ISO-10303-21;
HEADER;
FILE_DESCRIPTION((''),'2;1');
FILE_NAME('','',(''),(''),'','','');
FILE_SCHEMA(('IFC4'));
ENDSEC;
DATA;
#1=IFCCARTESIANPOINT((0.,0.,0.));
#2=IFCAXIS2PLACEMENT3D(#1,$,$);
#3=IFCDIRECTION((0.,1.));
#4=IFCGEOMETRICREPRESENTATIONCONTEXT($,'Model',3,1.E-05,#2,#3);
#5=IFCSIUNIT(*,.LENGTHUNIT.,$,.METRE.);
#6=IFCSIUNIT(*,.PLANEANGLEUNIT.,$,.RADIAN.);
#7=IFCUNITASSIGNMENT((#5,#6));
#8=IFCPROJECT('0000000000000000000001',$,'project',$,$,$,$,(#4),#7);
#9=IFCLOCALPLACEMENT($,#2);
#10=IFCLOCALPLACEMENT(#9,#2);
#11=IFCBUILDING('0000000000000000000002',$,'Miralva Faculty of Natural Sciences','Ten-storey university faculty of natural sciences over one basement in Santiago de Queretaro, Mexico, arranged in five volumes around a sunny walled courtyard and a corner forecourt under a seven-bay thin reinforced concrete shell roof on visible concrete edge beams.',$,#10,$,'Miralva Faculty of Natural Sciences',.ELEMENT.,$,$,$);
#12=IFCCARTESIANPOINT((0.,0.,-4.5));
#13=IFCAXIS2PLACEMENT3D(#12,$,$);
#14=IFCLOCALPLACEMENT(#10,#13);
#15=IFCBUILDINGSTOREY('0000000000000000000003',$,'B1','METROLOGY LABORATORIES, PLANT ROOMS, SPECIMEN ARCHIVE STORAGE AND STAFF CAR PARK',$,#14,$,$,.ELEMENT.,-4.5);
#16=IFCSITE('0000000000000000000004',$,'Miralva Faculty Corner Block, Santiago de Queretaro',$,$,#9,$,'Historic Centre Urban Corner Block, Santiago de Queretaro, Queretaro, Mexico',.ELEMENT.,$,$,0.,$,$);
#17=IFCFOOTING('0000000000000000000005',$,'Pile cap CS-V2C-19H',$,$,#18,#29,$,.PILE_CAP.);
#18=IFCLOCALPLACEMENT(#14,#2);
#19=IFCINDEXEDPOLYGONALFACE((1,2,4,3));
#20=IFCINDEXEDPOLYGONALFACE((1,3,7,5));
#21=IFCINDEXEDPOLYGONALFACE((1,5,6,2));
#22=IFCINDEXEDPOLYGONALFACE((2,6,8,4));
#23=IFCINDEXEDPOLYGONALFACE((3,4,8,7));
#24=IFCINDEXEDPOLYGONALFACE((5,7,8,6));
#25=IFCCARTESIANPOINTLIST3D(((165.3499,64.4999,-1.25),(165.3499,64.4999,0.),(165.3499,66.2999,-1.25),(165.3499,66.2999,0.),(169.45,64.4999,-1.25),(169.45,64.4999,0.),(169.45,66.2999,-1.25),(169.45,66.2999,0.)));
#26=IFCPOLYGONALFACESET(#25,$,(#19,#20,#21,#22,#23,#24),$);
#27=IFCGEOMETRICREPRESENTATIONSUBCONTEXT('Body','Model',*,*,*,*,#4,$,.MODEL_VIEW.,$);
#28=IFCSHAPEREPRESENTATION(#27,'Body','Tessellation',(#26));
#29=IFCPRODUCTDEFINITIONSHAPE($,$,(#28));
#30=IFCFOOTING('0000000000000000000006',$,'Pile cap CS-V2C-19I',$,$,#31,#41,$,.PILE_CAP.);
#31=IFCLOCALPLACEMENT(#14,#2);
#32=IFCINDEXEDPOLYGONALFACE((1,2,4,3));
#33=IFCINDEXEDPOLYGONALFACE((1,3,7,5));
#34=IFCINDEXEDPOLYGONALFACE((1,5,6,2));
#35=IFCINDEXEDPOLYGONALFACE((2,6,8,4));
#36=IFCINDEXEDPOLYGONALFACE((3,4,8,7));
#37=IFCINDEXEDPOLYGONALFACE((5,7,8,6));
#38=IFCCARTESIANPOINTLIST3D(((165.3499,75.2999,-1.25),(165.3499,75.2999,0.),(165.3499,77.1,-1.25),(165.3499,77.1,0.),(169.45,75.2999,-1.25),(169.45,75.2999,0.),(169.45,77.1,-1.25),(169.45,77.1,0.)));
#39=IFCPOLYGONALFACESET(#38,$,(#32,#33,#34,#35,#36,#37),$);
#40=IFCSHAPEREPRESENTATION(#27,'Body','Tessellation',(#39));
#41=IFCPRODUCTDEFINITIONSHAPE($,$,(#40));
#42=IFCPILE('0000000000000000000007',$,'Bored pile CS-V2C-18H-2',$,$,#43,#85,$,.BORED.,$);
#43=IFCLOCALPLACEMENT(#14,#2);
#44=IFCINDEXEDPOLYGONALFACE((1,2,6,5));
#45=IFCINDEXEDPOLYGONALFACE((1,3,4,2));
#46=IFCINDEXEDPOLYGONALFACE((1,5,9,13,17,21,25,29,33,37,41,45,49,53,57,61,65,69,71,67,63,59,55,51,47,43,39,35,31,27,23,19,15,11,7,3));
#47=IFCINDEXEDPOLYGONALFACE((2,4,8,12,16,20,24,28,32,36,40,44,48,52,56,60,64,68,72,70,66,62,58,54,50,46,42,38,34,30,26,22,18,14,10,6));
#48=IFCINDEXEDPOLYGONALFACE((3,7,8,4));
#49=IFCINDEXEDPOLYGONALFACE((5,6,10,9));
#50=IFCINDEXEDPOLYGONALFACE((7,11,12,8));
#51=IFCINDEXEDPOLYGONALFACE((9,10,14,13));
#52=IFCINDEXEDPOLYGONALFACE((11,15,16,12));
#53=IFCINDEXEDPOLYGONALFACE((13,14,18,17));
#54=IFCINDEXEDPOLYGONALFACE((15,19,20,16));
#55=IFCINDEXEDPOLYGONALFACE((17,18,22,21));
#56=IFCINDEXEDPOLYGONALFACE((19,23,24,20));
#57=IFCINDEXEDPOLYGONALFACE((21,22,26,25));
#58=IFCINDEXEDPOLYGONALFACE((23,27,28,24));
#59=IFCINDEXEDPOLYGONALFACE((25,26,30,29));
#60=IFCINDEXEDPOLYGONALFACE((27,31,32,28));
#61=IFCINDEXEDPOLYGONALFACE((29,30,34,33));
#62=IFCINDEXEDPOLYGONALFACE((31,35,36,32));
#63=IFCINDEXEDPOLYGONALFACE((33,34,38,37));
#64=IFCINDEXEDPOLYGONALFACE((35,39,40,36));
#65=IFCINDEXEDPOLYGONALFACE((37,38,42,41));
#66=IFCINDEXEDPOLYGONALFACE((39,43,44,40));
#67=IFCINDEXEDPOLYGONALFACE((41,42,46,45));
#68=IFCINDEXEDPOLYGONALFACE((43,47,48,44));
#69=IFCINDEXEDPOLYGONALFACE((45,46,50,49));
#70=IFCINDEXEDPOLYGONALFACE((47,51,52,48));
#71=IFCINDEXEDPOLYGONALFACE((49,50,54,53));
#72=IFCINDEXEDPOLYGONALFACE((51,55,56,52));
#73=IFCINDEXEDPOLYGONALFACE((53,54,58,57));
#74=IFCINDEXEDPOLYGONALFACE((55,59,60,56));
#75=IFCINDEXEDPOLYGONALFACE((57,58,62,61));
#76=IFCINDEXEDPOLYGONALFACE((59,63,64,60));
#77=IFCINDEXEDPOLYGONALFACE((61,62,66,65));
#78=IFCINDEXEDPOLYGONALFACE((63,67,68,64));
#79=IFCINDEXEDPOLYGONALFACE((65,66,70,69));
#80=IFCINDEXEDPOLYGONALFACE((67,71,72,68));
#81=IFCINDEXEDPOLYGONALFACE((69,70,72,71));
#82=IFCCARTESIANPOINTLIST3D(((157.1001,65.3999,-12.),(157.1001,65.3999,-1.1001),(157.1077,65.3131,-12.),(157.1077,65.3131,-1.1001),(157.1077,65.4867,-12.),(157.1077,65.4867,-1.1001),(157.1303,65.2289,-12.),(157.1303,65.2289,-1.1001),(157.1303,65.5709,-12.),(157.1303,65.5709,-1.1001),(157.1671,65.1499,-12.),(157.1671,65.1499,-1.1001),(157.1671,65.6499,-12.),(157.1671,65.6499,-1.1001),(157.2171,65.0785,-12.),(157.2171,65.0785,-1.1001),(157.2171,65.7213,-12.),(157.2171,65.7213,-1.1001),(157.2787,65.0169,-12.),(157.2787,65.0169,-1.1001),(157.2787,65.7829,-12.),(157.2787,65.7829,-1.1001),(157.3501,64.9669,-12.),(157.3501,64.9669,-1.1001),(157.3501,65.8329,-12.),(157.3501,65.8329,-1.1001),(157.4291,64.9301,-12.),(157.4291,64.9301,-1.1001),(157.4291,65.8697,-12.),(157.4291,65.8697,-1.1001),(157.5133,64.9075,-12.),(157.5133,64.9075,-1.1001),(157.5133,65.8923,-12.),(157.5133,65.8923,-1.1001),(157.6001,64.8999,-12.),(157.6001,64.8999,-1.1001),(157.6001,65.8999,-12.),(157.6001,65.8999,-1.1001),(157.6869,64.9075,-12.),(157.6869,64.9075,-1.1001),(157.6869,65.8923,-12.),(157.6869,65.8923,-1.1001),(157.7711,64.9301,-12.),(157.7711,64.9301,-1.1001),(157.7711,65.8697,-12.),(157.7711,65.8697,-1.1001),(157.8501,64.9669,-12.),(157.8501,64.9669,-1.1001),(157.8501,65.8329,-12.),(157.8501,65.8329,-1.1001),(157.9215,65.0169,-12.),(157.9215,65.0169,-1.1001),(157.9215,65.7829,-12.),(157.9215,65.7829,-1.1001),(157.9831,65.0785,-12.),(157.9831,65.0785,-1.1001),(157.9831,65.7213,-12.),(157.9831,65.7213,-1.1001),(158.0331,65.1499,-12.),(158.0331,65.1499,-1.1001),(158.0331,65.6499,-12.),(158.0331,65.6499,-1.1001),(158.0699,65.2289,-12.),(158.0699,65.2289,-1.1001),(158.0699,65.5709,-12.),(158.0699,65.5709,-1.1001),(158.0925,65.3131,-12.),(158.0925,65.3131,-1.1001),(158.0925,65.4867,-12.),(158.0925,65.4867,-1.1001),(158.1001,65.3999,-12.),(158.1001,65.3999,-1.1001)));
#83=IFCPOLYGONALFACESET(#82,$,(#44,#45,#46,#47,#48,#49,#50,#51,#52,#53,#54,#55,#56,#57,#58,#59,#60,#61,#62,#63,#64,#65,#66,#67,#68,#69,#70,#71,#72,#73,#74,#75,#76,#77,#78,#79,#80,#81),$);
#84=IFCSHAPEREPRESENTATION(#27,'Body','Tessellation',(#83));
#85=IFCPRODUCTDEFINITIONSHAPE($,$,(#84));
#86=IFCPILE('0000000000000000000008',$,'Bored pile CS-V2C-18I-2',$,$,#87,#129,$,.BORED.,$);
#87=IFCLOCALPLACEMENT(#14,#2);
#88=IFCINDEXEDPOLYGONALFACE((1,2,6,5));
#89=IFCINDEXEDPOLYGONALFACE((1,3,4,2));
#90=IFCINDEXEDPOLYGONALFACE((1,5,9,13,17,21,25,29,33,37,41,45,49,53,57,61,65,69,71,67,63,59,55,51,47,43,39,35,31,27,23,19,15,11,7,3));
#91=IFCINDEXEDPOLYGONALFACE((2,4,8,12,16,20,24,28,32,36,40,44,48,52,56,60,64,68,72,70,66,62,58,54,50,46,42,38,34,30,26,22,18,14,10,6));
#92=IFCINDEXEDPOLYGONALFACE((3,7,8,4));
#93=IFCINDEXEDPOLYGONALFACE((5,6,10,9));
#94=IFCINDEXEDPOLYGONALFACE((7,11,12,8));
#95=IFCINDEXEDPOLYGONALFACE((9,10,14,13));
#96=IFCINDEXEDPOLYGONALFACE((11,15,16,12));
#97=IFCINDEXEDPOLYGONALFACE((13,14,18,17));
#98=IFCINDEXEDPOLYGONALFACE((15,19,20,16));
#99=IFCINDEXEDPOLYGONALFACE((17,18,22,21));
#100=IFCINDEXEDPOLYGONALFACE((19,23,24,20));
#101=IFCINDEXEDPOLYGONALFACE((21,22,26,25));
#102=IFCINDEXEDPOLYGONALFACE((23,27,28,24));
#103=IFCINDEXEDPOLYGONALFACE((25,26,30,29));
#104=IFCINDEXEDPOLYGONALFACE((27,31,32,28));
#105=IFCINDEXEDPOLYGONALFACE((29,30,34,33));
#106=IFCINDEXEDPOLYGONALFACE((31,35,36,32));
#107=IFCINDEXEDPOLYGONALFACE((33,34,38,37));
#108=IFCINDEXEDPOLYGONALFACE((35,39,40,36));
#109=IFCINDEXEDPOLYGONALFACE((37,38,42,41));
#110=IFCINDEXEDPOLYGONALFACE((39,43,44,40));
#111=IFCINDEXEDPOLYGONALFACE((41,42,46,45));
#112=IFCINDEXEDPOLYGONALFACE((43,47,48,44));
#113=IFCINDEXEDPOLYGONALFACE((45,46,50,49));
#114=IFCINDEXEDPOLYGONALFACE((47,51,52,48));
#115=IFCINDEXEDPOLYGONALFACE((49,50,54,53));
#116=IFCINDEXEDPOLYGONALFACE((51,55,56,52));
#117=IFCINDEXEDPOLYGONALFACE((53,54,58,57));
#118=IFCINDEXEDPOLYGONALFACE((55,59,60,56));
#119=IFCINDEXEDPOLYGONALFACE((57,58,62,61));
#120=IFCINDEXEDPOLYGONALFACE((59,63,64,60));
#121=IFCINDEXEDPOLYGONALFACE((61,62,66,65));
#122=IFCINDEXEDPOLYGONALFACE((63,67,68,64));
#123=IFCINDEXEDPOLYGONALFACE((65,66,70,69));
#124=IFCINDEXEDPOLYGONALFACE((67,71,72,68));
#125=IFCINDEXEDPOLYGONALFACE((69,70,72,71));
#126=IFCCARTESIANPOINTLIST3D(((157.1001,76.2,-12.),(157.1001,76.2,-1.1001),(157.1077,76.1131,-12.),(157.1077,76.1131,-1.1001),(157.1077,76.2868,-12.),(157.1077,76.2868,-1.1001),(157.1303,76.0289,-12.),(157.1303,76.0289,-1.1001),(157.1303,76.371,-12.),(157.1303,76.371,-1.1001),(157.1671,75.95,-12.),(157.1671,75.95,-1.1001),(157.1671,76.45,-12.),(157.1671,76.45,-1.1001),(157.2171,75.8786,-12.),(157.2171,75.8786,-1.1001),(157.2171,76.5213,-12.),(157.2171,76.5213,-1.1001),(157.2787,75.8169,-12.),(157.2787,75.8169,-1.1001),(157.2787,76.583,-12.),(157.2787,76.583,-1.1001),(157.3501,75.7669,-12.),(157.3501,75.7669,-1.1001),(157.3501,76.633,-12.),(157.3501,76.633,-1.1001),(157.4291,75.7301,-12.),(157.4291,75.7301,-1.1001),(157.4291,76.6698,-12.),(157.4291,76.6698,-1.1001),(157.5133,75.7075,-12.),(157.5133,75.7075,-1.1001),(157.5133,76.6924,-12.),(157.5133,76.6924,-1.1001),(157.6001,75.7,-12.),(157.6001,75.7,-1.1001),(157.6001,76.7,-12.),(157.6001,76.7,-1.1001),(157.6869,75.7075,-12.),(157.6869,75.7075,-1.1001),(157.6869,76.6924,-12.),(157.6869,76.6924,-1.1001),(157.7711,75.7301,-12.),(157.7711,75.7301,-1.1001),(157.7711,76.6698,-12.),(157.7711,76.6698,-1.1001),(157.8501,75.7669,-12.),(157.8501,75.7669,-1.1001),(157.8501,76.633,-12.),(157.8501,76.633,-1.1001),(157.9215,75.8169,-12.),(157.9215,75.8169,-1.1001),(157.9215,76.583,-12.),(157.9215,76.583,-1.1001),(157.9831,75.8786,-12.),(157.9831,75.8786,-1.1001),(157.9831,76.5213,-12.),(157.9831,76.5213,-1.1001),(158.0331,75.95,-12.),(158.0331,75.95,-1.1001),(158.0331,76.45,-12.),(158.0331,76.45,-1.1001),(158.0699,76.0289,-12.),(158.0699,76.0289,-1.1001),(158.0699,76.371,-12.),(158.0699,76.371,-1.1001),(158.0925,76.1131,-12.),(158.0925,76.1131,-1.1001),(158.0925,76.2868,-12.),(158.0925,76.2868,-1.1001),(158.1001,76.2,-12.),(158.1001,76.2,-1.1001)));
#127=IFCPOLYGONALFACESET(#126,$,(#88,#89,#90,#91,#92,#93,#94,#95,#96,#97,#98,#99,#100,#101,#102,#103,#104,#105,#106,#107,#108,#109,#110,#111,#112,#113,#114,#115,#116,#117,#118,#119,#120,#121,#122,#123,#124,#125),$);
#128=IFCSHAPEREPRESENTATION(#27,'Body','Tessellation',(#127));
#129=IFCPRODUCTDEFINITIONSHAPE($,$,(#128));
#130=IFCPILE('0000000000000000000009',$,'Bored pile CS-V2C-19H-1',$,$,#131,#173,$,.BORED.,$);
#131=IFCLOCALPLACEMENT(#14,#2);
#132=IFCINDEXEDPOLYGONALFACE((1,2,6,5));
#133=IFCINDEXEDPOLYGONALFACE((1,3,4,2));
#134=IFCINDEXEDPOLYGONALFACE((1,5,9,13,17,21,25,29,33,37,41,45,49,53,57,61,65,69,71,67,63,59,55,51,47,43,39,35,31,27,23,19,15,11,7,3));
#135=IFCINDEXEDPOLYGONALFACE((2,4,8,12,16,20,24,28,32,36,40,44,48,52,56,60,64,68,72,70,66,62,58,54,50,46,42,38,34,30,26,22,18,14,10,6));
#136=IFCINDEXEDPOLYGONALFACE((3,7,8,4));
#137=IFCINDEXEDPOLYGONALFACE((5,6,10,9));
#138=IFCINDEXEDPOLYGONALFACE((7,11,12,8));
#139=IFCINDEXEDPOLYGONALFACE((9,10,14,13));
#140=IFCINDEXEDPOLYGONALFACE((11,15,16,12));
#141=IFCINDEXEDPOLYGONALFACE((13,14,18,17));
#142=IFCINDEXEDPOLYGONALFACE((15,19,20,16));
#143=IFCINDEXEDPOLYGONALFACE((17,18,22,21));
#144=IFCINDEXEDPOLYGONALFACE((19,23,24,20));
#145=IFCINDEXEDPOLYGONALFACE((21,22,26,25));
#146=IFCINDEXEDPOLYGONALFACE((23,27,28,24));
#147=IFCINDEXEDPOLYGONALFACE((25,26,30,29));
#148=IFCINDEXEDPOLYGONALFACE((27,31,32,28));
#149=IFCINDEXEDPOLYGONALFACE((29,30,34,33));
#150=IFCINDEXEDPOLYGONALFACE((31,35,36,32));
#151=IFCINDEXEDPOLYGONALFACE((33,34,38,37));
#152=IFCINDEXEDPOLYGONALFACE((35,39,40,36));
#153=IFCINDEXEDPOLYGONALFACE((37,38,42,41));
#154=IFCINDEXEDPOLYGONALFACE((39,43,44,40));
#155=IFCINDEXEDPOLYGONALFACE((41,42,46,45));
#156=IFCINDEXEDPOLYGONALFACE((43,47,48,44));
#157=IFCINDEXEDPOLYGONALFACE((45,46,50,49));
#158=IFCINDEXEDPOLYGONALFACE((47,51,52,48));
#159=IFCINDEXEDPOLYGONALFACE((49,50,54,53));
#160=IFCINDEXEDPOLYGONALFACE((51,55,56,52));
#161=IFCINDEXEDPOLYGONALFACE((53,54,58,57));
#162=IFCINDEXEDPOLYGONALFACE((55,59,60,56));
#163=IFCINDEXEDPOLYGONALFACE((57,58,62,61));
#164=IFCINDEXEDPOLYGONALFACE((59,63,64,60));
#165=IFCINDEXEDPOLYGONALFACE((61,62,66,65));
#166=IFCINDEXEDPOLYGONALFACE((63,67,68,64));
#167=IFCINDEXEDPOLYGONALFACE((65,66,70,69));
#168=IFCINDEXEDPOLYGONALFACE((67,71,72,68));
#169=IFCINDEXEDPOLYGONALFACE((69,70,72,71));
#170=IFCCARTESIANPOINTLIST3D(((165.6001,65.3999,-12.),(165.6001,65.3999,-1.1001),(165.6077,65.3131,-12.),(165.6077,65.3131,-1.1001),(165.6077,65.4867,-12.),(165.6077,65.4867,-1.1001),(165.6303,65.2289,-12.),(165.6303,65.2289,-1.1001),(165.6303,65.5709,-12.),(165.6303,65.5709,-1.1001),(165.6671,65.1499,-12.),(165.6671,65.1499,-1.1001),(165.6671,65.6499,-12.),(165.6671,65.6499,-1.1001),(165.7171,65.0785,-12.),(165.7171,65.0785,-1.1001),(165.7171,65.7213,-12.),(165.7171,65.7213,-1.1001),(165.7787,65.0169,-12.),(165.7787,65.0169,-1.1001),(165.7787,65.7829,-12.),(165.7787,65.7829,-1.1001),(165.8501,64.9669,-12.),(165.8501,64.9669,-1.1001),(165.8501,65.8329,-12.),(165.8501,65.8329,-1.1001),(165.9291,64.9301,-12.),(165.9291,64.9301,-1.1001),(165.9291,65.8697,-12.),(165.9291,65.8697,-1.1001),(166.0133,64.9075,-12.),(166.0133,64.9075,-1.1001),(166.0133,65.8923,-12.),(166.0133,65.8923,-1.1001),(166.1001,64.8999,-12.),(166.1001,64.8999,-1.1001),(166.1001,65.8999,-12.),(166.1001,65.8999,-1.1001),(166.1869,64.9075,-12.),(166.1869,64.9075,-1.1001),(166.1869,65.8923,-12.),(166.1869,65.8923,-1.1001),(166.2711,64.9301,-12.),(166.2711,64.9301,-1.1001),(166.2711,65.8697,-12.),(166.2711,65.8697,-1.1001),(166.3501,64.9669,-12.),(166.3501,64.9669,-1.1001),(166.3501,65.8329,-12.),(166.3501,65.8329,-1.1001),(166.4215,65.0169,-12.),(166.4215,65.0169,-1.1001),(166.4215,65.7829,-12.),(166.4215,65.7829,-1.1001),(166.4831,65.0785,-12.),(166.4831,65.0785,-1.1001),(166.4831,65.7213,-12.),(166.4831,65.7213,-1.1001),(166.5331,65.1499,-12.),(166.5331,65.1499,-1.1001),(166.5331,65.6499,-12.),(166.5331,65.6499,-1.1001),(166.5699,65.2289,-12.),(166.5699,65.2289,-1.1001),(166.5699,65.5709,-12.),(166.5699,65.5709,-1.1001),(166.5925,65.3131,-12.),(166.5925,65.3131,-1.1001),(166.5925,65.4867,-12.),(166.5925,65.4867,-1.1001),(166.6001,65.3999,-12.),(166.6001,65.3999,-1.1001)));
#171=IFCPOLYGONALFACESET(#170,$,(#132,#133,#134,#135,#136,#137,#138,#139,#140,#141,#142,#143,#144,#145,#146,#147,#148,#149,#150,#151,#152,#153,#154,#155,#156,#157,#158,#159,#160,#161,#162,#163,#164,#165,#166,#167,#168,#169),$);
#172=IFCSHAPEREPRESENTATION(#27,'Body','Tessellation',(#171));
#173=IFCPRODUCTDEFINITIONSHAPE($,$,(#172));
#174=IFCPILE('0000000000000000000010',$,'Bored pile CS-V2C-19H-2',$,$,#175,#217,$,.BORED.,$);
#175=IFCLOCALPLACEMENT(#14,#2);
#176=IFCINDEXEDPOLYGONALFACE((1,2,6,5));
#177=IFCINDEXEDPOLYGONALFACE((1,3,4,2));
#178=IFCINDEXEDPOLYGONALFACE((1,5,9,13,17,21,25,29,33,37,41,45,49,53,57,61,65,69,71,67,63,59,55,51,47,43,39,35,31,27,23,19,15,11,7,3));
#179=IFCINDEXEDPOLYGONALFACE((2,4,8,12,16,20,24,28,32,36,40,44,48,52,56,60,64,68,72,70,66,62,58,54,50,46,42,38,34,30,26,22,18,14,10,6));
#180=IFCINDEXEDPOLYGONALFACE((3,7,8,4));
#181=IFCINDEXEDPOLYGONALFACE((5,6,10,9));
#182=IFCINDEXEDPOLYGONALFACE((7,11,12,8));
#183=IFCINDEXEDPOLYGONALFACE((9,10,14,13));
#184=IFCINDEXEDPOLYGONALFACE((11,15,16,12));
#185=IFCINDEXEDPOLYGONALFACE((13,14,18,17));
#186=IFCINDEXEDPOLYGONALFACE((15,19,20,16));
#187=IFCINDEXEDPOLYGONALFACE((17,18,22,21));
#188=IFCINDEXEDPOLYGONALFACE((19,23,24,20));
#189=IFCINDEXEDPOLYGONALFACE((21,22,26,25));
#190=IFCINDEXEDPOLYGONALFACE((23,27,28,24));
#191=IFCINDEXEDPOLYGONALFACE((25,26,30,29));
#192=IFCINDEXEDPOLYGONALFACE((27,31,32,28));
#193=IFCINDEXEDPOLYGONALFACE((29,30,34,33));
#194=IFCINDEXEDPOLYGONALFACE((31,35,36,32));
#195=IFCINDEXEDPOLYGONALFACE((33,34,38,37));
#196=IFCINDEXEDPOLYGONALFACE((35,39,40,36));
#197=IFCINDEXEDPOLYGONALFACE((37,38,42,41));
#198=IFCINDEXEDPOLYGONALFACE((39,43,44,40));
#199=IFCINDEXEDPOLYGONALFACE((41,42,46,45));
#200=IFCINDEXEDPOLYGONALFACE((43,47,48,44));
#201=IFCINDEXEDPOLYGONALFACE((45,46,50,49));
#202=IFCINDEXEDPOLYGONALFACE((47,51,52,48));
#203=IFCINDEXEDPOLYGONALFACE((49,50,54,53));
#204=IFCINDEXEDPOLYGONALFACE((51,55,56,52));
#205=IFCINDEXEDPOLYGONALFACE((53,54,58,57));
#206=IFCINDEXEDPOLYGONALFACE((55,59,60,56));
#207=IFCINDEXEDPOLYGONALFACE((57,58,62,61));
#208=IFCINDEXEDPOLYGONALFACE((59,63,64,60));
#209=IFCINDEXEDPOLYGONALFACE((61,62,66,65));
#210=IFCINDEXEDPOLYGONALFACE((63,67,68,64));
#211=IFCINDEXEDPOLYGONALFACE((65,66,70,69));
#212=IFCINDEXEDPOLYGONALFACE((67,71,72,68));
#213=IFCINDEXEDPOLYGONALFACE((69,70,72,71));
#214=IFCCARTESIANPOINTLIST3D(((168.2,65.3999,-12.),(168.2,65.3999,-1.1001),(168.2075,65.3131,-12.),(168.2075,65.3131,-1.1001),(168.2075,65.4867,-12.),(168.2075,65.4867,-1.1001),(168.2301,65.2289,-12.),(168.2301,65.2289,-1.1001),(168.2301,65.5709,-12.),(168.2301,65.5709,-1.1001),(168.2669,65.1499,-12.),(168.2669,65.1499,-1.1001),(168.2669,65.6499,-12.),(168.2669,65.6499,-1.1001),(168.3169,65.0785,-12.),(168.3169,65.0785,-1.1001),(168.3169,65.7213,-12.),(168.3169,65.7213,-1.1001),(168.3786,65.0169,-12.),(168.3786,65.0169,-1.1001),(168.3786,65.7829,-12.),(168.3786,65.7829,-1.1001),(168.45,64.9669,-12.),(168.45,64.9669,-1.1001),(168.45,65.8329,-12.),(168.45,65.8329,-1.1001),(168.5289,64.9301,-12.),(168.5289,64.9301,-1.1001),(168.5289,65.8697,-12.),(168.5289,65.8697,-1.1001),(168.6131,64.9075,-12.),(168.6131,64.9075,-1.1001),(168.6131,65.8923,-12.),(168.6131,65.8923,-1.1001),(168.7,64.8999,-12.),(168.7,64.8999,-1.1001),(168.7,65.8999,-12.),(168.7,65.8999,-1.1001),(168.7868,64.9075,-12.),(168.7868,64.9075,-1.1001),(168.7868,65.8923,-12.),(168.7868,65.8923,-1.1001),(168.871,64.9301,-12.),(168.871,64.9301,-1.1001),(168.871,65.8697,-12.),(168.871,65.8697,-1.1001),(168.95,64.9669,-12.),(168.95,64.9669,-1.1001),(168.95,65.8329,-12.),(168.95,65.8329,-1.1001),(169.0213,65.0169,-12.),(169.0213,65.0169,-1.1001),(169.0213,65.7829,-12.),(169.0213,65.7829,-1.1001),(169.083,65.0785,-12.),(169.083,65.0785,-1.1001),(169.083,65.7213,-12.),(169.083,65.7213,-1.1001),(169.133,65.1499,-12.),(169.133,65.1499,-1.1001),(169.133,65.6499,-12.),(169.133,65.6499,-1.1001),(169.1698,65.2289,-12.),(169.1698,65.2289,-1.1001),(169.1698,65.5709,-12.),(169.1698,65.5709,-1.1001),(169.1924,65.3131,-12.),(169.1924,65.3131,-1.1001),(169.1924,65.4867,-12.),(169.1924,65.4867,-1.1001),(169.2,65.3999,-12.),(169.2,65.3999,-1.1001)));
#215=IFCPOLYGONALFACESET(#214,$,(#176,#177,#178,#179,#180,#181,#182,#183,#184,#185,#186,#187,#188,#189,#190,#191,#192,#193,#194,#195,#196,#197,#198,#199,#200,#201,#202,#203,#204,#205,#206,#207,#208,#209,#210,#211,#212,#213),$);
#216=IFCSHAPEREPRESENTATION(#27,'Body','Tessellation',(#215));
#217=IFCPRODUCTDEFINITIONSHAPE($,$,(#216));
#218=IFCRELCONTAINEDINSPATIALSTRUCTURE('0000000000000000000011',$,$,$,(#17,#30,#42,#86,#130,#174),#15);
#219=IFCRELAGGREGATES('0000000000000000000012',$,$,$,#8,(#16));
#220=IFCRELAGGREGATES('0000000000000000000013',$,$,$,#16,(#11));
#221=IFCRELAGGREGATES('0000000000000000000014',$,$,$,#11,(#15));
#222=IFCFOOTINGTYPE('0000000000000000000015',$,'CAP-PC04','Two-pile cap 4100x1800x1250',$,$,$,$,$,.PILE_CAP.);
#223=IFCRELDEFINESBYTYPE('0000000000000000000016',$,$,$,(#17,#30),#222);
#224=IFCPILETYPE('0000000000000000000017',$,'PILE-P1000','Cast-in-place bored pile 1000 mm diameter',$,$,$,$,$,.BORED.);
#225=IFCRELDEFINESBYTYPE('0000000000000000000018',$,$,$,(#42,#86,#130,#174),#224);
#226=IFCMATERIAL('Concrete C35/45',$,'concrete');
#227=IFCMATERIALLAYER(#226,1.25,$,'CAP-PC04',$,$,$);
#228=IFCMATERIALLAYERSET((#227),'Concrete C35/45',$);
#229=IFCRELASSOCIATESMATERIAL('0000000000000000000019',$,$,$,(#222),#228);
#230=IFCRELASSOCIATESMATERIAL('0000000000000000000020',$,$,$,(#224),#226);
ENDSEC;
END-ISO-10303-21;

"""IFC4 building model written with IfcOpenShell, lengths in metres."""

from ifc_helpers import new_model, si_unit, direction, frame, origin, origin_2d, place, context, subcontext, project, spatial, rectangle, circle, extrude, material, layer, layer_set, material_profile, profile_set, type_object, element, save


model = new_model("IFC4")

# Units and contexts
model_context = context("Model", 3, precision=1e-05, world=origin(), true_north=direction((0.0, 1.0)))
body_context = subcontext(model_context, "Body", "Model", "MODEL_VIEW")
ifc_project = project(units=[si_unit("LENGTHUNIT", "METRE"), si_unit("PLANEANGLEUNIT", "RADIAN")], contexts=[model_context])

# Site, building, storey
site_placement = place(None, origin())
site = spatial("IfcSite", under=ifc_project, at=site_placement, Name="Miralva Faculty Corner Block, Santiago de Queretaro", LongName="Historic Centre Urban Corner Block, Santiago de Queretaro, Queretaro, Mexico", CompositionType="ELEMENT", RefElevation=0.0)
building_placement = place(site_placement, origin())
building = spatial("IfcBuilding", under=site, at=building_placement, Name="Miralva Faculty of Natural Sciences", Description="Ten-storey university faculty of natural sciences over one basement in Santiago de Queretaro, Mexico, arranged in five volumes around a sunny walled courtyard and a corner forecourt under a seven-bay thin reinforced concrete shell roof on visible concrete edge beams.", LongName="Miralva Faculty of Natural Sciences", CompositionType="ELEMENT")
storey_placement = place(building_placement, frame((0.0, 0.0, -4.5)))
storey = spatial("IfcBuildingStorey", under=building, at=storey_placement, Name="B1", Description="METROLOGY LABORATORIES, PLANT ROOMS, SPECIMEN ARCHIVE STORAGE AND STAFF CAR PARK", CompositionType="ELEMENT", Elevation=-4.5)

# Footings
ifc_material_1 = material(Name="Concrete C35/45", Category="concrete")
ifc_layer = layer(ifc_material_1, 1.25, Name="CAP-PC04")
ifc_layer_set = layer_set([ifc_layer], Name="Concrete C35/45")
footing_type_1 = type_object("IfcFootingType", Name="CAP-PC04", Description="Two-pile cap 4100x1800x1250", PredefinedType="PILE_CAP", material=ifc_layer_set)
for number, where, z_axis, x_axis, name in (
    (1, (167.3999, 65.3999, -1.25), (0.0, 0.0, 1.0), (1.0, 0.0, 0.0), "Pile cap CS-V2C-19H"),
    (2, (167.3999, 76.2, -1.25), (0.0, 0.0, 1.0), (1.0, 0.0, 0.0), "Pile cap CS-V2C-19I"),
):
    element("IfcFooting", number, at=place(storey_placement, frame(where, z_axis=z_axis, x_axis=x_axis)), inside=storey, type_object=footing_type_1, Name=name, PredefinedType="PILE_CAP", context=body_context, shape_type="SweptSolid", body=[
        extrude(rectangle(XDim=4.1001, YDim=1.8, at=origin_2d()), origin(), (0.0, 0.0, 1.0), 1.25),
    ])

# Piles
ifc_material_profile_1 = material_profile(ifc_material_1, circle(Radius=0.5, at=origin_2d()), Name="BORED PILE 1000")
ifc_profile_set_1 = profile_set([ifc_material_profile_1], Name="Concrete C35/45")
pile_type = type_object("IfcPileType", Name="PILE-P1000", Description="Cast-in-place bored pile 1000 mm diameter", PredefinedType="BORED", material=ifc_profile_set_1)
for number, where, z_axis, x_axis, name in (
    (3, (157.6001, 65.3999, -1.1001), (0.0, 0.0, -1.0), (1.0, 0.0, 0.0), "Bored pile CS-V2C-18H-2"),
    (4, (157.6001, 76.2, -1.1001), (0.0, 0.0, -1.0), (1.0, 0.0, 0.0), "Bored pile CS-V2C-18I-2"),
    (5, (166.1001, 65.3999, -1.1001), (0.0, 0.0, -1.0), (1.0, 0.0, 0.0), "Bored pile CS-V2C-19H-1"),
    (6, (168.7, 65.3999, -1.1001), (0.0, 0.0, -1.0), (1.0, 0.0, 0.0), "Bored pile CS-V2C-19H-2"),
):
    element("IfcPile", number, at=place(storey_placement, frame(where, z_axis=z_axis, x_axis=x_axis)), inside=storey, type_object=pile_type, Name=name, PredefinedType="BORED", context=body_context, shape_type="SweptSolid", body=[
        extrude(circle(Radius=0.5, at=origin_2d()), origin(), (0.0, 0.0, 1.0), 10.8999),
    ])

save(model, "model.ifc")
